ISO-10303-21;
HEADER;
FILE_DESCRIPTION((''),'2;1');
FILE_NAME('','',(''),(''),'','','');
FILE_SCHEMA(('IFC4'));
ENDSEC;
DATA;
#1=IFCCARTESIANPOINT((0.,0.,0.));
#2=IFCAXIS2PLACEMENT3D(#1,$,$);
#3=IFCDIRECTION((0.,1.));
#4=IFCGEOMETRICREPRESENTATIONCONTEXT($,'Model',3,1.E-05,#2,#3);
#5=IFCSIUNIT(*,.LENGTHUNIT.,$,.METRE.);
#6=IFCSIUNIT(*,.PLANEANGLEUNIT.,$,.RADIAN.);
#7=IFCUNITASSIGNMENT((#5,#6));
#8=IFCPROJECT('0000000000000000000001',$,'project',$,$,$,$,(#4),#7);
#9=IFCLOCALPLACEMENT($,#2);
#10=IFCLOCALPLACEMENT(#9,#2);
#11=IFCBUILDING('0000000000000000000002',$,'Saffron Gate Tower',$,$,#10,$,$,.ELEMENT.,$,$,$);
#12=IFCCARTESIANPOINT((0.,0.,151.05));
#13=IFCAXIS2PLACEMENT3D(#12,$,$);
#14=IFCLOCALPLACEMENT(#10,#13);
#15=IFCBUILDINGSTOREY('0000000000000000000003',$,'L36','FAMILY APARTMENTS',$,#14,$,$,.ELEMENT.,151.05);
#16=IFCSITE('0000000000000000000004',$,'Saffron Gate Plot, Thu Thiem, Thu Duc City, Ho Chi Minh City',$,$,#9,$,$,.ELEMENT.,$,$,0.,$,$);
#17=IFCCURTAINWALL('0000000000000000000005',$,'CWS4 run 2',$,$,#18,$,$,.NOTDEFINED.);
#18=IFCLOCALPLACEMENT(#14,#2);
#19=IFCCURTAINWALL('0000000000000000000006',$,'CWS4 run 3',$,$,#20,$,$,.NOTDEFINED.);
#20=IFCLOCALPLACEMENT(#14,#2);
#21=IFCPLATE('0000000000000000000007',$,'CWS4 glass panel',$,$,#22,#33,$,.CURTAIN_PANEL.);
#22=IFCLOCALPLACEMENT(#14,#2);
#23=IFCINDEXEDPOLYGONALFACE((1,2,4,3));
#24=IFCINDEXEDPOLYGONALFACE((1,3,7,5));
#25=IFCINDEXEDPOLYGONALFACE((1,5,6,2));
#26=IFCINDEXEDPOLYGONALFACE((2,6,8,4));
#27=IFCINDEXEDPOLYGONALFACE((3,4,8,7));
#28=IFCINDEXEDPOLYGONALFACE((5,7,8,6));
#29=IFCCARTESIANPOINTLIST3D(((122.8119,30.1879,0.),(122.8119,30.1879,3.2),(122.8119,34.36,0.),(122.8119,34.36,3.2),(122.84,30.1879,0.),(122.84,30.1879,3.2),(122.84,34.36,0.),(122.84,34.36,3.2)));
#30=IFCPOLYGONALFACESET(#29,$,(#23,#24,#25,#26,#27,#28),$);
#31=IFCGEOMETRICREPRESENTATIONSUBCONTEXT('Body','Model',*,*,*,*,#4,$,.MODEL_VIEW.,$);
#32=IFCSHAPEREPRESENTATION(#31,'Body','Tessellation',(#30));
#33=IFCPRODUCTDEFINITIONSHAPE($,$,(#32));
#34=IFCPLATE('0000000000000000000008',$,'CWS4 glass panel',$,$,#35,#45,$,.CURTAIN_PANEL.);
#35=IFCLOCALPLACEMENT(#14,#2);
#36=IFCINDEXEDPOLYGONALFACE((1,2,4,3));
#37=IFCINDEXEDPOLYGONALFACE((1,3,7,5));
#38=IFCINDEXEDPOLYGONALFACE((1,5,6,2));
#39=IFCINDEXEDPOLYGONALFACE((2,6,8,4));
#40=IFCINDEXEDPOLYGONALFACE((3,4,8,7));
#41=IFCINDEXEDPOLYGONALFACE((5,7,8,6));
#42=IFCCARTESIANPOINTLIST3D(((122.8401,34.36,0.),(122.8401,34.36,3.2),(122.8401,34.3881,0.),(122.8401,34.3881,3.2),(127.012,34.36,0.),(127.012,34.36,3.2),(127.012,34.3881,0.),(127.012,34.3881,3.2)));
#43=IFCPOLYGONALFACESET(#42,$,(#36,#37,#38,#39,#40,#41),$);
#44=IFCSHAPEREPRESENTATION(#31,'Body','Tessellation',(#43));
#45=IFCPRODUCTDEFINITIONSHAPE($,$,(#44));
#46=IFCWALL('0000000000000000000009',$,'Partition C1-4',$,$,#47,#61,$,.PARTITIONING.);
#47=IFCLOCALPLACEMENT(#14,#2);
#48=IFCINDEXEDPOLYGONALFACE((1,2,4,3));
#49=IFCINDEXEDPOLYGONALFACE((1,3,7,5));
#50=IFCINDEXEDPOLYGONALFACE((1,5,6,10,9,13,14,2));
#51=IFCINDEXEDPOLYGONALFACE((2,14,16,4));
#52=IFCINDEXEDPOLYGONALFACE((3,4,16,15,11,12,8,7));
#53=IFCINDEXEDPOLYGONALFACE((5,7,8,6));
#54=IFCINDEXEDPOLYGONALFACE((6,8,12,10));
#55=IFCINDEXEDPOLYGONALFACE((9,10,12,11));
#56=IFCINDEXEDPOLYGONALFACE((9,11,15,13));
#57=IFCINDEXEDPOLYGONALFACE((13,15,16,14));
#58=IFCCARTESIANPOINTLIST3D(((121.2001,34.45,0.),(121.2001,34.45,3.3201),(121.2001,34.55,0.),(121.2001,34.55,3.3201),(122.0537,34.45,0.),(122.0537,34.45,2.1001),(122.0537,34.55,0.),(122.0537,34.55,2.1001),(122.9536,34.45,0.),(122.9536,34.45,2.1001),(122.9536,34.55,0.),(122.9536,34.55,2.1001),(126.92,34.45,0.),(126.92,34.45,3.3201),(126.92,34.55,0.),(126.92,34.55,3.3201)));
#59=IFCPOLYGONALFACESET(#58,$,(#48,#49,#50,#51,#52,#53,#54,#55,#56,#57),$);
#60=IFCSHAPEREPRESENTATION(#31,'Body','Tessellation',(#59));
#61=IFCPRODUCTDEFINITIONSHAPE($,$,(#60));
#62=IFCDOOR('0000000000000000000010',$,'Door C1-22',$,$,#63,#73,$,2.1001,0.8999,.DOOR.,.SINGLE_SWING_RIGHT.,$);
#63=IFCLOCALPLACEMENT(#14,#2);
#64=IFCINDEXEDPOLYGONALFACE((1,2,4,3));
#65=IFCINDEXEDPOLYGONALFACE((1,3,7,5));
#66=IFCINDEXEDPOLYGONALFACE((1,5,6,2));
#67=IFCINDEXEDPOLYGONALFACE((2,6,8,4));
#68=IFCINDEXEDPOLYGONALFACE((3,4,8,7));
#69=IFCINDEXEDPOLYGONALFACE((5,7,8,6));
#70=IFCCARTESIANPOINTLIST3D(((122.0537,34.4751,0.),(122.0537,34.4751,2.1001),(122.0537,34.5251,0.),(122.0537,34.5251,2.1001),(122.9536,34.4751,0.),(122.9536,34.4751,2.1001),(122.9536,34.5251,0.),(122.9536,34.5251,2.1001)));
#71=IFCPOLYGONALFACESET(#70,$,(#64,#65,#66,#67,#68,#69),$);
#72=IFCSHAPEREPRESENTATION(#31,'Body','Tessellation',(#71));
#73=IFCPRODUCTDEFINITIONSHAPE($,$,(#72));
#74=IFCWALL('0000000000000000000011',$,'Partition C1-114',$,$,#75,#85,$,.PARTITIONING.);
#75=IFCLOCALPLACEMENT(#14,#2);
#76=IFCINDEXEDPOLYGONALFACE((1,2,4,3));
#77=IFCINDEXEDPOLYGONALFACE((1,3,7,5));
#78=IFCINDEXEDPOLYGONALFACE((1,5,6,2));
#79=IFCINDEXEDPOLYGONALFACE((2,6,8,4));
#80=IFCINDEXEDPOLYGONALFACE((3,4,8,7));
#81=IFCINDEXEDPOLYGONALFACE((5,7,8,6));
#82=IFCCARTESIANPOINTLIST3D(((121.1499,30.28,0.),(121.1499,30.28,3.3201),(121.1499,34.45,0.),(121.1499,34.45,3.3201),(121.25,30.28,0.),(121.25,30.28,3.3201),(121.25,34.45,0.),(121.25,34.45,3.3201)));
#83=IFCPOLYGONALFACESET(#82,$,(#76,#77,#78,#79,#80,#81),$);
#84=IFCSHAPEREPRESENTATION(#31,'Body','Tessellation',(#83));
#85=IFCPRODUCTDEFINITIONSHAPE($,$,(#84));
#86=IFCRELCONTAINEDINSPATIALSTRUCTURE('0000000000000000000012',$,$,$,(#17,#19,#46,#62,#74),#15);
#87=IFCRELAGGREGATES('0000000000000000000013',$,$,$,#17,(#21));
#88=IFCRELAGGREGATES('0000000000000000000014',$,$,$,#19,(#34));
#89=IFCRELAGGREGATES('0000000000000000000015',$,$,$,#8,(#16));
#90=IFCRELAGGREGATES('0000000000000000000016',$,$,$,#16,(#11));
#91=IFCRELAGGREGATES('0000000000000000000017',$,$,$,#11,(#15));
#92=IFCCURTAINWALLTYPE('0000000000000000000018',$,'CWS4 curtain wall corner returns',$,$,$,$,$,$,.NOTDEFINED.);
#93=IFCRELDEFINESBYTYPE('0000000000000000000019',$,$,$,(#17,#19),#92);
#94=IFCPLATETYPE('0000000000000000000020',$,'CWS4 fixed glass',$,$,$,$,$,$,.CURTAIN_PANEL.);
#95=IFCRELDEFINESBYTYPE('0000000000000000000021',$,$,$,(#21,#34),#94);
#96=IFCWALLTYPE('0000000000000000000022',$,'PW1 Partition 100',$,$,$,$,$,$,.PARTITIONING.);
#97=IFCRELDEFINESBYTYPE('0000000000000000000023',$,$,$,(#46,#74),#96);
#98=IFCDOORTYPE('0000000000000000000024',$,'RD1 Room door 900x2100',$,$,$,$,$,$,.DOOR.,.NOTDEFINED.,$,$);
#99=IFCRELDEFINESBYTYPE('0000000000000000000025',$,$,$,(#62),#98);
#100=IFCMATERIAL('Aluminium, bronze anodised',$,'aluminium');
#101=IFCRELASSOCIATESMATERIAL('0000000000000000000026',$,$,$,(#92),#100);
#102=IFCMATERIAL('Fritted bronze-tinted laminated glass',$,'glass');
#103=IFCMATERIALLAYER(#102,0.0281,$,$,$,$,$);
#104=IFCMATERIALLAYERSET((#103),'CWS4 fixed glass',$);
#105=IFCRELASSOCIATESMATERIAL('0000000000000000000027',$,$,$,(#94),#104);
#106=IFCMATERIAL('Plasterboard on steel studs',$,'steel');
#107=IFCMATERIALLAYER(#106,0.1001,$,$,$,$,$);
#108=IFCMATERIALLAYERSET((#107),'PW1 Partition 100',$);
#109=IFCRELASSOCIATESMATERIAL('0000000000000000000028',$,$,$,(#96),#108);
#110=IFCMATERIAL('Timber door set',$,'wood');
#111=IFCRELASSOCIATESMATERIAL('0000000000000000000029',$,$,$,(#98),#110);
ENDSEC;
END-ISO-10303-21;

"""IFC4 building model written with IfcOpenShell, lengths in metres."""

from ifc_helpers import new_model, si_unit, direction, frame, frame_2d, origin, place, context, subcontext, project, spatial, rectangle, extrude, material, layer, layer_set, type_object, element, fill, aggregate, save


model = new_model("IFC4")

# Units and contexts
model_context = context("Model", 3, precision=1e-05, world=origin(), true_north=direction((0.0, 1.0)))
body_context = subcontext(model_context, "Body", "Model", "MODEL_VIEW")
ifc_project = project(units=[si_unit("LENGTHUNIT", "METRE"), si_unit("PLANEANGLEUNIT", "RADIAN")], contexts=[model_context])

# Site, building, storey
site_placement = place(None, origin())
site = spatial("IfcSite", under=ifc_project, at=site_placement, Name="Saffron Gate Plot, Thu Thiem, Thu Duc City, Ho Chi Minh City", CompositionType="ELEMENT", RefElevation=0.0)
building_placement = place(site_placement, origin())
building = spatial("IfcBuilding", under=site, at=building_placement, Name="Saffron Gate Tower", CompositionType="ELEMENT")
storey_placement = place(building_placement, frame((0.0, 0.0, 151.05)))
storey = spatial("IfcBuildingStorey", under=building, at=storey_placement, Name="L36", Description="FAMILY APARTMENTS", CompositionType="ELEMENT", Elevation=151.05)

# Shared definitions
ifc_material_1 = material(Name="Aluminium, bronze anodised", Category="aluminium")

# Curtain walls
curtain_wall_type_1 = type_object("IfcCurtainWallType", Name="CWS4 curtain wall corner returns", PredefinedType="NOTDEFINED", material=ifc_material_1)
curtain_wall_1_placement = place(storey_placement, origin())
curtain_wall_1 = element("IfcCurtainWall", 1, at=curtain_wall_1_placement, inside=storey, type_object=curtain_wall_type_1, Name="CWS4 run 2", PredefinedType="NOTDEFINED")
curtain_wall_2_placement = place(storey_placement, origin())
curtain_wall_2 = element("IfcCurtainWall", 2, at=curtain_wall_2_placement, inside=storey, type_object=curtain_wall_type_1, Name="CWS4 run 3", PredefinedType="NOTDEFINED")

# Shared definitions
ifc_material_2 = material(Name="Fritted bronze-tinted laminated glass", Category="glass")

# Plates
ifc_layer_1 = layer(ifc_material_2, 0.0281)
ifc_layer_set_1 = layer_set([ifc_layer_1], Name="CWS4 fixed glass")
plate_type_1 = type_object("IfcPlateType", Name="CWS4 fixed glass", PredefinedType="CURTAIN_PANEL", material=ifc_layer_set_1)
plate_1_placement = place(storey_placement, frame((122.8259, 30.188, 0.0), z_axis=(0.0, 0.0, 1.0), x_axis=(0.0, 1.0, 0.0)))
plate_1 = element("IfcPlate", 3, at=plate_1_placement, type_object=plate_type_1, Name="CWS4 glass panel", PredefinedType="CURTAIN_PANEL", context=body_context, shape_type="SweptSolid", body=[
    extrude(rectangle(XDim=4.1721, YDim=0.0281, at=frame_2d((2.0859, 0.0))), origin(), (0.0, 0.0, 1.0), 3.2),
])
aggregate(curtain_wall_1, [plate_1])
plate_2_placement = place(storey_placement, frame((122.8401, 34.374, 0.0), z_axis=(0.0, 0.0, 1.0), x_axis=(1.0, 0.0, 0.0)))
plate_2 = element("IfcPlate", 4, at=plate_2_placement, type_object=plate_type_1, Name="CWS4 glass panel", PredefinedType="CURTAIN_PANEL", context=body_context, shape_type="SweptSolid", body=[
    extrude(rectangle(XDim=4.1719, YDim=0.0281, at=frame_2d((2.0859, 0.0))), origin(), (0.0, 0.0, 1.0), 3.2),
])
aggregate(curtain_wall_2, [plate_2])

# Wall, opening, door
ifc_material_3 = material(Name="Plasterboard on steel studs", Category="steel")
ifc_layer_2 = layer(ifc_material_3, 0.1001)
ifc_layer_set_2 = layer_set([ifc_layer_2], Name="PW1 Partition 100")
wall_type = type_object("IfcWallType", Name="PW1 Partition 100", PredefinedType="PARTITIONING", material=ifc_layer_set_2)
wall_1_placement = place(storey_placement, frame((126.9199, 34.5, 0.0), z_axis=(0.0, 0.0, 1.0), x_axis=(-1.0, 0.0, 0.0)))
wall_1 = element("IfcWall", 5, at=wall_1_placement, inside=storey, type_object=wall_type, Name="Partition C1-4", PredefinedType="PARTITIONING", context=body_context, shape_type="SweptSolid", body=[
    extrude(rectangle(XDim=5.72, YDim=0.1001, at=frame_2d((2.8599, 0.0))), origin(), (0.0, 0.0, 1.0), 3.3201),
])
opening_1_placement = place(wall_1_placement, frame((3.9663, 0.0, 0.0)))
opening_1 = element("IfcOpeningElement", 6, at=opening_1_placement, cuts=wall_1, PredefinedType="OPENING", context=body_context, shape_type="SweptSolid", body=[
    extrude(rectangle(XDim=0.8999, YDim=2.1001, at=frame_2d((0.45, 1.05))), frame((0.0, 0.0601, 0.0), z_axis=(0.0, -1.0, 0.0), x_axis=(1.0, 0.0, 0.0)), (0.0, 0.0, 1.0), 0.1201),
])
ifc_material_4 = material(Name="Timber door set", Category="wood")
door_type = type_object("IfcDoorType", Name="RD1 Room door 900x2100", OperationType="NOTDEFINED", PredefinedType="DOOR", material=ifc_material_4)
door_placement = place(opening_1_placement, origin())
door = element("IfcDoor", 7, at=door_placement, inside=storey, type_object=door_type, Name="Door C1-22", OperationType="SINGLE_SWING_RIGHT", OverallHeight=2.1001, OverallWidth=0.8999, PredefinedType="DOOR", context=body_context, shape_type="SweptSolid", body=[
    extrude(rectangle(XDim=0.8999, YDim=2.1001, at=frame_2d((0.45, 1.05))), frame((0.0, 0.0249, 0.0), z_axis=(0.0, -1.0, 0.0), x_axis=(1.0, 0.0, 0.0)), (0.0, 0.0, 1.0), 0.05),
])
fill(opening_1, door)

# Wall
wall_2_placement = place(storey_placement, frame((121.2, 34.45, 0.0), z_axis=(0.0, 0.0, 1.0), x_axis=(0.0, -1.0, 0.0)))
element("IfcWall", 8, at=wall_2_placement, inside=storey, type_object=wall_type, Name="Partition C1-114", PredefinedType="PARTITIONING", context=body_context, shape_type="SweptSolid", body=[
    extrude(rectangle(XDim=4.1699, YDim=0.1001, at=frame_2d((2.085, 0.0))), origin(), (0.0, 0.0, 1.0), 3.3201),
])

save(model, "model.ifc")
